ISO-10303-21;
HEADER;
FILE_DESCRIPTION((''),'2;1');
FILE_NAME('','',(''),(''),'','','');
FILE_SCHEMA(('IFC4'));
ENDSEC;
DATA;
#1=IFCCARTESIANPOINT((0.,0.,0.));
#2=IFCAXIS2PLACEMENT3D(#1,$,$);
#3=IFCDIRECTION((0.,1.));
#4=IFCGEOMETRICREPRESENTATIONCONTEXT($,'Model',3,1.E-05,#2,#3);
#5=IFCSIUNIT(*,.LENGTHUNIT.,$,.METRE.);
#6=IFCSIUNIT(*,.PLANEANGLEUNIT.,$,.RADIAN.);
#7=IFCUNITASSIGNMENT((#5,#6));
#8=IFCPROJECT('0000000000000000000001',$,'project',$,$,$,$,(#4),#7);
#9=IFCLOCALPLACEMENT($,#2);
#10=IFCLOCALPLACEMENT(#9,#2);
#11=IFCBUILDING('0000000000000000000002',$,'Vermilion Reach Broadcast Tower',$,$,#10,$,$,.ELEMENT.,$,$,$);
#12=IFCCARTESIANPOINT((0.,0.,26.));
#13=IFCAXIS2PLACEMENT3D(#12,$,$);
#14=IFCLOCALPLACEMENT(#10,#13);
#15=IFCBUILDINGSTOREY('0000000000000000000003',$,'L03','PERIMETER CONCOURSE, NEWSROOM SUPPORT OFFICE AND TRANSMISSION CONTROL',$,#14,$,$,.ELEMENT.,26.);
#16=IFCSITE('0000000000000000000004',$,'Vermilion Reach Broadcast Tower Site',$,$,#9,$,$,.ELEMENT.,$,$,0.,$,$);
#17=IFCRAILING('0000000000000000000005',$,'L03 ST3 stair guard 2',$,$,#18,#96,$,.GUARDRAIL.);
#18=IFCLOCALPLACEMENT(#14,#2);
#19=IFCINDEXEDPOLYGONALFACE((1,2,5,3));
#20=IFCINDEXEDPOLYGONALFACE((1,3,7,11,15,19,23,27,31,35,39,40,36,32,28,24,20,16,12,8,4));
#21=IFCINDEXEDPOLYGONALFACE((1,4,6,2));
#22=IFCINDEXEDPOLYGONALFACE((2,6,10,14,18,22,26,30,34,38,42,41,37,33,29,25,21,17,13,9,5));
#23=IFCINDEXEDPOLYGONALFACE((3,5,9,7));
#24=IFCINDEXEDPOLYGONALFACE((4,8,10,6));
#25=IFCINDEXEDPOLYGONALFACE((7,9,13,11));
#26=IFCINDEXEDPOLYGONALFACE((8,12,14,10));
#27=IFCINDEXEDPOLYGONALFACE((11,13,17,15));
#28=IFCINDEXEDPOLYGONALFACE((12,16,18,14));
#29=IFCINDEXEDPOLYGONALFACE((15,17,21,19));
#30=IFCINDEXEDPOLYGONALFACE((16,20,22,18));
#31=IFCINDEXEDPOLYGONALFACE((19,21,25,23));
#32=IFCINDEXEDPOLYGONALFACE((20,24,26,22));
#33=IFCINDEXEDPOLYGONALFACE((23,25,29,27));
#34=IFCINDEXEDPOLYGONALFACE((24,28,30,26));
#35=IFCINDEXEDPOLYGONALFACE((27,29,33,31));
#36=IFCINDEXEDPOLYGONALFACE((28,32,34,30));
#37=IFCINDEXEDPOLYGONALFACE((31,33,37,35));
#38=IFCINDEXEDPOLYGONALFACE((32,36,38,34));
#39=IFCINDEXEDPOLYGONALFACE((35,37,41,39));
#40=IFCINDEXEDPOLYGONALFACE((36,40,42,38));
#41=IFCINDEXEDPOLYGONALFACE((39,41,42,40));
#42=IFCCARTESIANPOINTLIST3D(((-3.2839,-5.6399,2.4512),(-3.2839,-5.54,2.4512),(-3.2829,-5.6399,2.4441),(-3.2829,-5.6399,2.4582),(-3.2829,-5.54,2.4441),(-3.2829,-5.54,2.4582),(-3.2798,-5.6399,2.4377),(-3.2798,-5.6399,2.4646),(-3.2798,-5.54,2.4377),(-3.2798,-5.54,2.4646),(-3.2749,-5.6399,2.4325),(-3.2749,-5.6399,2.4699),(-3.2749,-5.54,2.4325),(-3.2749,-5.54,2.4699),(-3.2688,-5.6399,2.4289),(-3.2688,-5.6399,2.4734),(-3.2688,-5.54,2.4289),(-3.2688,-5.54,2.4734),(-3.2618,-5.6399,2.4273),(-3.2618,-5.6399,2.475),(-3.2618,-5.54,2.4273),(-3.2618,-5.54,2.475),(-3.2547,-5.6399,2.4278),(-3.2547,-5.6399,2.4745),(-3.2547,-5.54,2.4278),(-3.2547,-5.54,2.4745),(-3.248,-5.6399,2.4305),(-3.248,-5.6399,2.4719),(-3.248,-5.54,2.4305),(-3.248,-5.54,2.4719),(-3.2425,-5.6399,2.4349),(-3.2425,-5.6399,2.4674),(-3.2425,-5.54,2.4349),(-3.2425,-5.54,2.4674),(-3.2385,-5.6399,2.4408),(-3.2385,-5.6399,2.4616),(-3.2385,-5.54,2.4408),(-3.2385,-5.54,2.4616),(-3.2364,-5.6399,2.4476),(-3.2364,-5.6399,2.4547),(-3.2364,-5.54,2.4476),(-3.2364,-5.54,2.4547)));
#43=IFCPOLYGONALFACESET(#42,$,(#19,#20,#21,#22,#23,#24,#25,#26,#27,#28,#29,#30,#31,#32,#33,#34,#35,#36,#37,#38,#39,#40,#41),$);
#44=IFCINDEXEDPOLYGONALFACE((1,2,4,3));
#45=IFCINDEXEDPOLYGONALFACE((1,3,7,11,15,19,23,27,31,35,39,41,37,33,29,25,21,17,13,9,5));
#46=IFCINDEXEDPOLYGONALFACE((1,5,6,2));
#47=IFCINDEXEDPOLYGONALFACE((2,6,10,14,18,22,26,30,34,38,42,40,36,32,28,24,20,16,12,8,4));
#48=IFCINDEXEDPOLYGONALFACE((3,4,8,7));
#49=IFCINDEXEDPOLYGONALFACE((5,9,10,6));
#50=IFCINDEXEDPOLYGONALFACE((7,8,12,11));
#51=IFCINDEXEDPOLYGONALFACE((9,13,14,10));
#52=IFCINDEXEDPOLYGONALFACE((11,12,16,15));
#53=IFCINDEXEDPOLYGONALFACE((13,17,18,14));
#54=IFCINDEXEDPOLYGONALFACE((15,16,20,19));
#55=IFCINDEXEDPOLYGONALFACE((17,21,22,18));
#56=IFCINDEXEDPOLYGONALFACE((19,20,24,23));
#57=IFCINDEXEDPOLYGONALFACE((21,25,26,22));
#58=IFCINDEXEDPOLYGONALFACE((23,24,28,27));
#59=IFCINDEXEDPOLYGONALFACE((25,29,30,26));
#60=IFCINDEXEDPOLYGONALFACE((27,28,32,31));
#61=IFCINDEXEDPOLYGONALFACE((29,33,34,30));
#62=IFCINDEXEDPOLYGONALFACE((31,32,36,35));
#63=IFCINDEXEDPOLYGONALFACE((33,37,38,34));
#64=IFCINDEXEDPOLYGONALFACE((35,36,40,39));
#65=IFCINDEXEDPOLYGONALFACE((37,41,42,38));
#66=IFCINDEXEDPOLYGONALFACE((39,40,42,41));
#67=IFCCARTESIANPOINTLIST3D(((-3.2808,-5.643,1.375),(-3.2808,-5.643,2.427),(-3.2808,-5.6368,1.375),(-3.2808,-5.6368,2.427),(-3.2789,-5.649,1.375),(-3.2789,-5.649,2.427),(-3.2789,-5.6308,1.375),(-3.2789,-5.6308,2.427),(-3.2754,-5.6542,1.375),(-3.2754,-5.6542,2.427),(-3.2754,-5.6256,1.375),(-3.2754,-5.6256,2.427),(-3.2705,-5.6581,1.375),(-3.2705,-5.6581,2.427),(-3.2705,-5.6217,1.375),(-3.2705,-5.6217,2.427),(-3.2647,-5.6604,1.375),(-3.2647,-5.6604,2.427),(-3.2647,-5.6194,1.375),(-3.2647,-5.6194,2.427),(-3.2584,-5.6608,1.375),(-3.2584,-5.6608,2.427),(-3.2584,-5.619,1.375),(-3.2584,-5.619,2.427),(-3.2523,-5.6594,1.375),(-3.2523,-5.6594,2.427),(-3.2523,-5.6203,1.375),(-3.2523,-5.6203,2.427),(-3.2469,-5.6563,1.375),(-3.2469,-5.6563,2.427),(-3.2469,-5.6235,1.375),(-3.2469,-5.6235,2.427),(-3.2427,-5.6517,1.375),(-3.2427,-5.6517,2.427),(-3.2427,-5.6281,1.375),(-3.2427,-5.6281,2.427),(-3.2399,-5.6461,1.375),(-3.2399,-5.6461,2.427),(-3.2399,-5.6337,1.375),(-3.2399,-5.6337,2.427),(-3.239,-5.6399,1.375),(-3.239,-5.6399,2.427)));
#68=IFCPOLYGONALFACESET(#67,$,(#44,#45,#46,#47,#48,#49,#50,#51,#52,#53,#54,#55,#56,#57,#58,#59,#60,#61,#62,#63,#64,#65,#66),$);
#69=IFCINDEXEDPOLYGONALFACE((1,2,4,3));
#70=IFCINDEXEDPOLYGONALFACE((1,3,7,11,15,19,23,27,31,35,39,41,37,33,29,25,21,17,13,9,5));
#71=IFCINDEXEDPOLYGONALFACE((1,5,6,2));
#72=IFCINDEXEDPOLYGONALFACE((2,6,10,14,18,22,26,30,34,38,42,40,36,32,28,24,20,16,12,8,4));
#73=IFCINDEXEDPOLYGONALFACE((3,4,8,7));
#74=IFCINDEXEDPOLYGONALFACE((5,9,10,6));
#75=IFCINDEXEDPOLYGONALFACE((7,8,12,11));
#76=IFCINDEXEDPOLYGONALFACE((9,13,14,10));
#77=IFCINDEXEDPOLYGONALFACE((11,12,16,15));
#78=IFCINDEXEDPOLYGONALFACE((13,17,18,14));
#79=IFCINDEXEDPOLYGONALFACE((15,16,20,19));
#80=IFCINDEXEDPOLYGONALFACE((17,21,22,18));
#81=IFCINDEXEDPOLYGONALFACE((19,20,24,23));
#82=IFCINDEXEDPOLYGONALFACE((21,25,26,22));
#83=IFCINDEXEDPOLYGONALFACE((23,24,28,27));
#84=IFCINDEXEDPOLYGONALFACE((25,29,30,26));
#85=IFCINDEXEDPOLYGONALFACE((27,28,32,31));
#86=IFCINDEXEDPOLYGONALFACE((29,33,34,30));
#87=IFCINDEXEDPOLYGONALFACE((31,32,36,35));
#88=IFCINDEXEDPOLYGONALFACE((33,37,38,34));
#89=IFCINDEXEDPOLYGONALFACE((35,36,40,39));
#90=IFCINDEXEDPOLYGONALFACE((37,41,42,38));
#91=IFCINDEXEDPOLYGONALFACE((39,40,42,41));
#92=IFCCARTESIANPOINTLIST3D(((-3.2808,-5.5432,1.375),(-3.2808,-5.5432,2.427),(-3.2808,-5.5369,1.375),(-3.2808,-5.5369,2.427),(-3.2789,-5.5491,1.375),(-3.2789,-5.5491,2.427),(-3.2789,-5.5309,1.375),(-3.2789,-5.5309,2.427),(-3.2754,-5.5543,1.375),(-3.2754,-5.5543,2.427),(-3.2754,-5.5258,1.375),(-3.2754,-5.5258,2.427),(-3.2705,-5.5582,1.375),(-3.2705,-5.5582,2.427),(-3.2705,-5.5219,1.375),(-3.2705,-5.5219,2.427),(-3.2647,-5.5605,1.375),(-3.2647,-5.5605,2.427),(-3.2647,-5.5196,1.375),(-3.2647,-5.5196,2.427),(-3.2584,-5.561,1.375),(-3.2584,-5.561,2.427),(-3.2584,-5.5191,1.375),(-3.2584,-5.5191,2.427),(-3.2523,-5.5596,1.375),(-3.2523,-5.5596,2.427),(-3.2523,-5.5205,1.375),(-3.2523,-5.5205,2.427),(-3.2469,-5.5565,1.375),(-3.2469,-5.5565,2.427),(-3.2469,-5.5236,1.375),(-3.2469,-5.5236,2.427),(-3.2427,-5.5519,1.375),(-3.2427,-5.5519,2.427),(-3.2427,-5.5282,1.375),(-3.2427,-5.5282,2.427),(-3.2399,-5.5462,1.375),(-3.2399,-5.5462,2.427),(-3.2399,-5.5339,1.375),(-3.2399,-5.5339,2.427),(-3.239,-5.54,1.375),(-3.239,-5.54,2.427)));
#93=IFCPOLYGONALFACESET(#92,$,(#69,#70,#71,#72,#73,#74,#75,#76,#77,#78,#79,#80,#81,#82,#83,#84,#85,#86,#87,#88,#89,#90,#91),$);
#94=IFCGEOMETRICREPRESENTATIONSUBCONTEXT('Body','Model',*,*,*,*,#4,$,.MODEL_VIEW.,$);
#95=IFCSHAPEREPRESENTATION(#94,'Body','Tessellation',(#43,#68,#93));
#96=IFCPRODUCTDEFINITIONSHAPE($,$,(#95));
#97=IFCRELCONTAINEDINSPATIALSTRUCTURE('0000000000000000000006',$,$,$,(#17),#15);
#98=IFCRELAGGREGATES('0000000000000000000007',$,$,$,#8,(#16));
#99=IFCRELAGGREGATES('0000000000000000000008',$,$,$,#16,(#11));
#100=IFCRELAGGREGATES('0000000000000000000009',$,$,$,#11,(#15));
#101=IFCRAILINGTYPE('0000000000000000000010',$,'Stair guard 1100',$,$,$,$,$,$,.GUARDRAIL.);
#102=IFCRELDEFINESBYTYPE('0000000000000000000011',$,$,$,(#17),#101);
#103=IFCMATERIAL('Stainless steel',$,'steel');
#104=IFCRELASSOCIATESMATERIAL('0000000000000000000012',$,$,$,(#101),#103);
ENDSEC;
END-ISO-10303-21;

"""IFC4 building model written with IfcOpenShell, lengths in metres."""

from ifc_helpers import new_model, si_unit, direction, frame, origin, origin_2d, place, context, subcontext, project, spatial, circle, extrude, material, type_object, element, save


model = new_model("IFC4")

# Units and contexts
model_context = context("Model", 3, precision=1e-05, world=origin(), true_north=direction((0.0, 1.0)))
body_context = subcontext(model_context, "Body", "Model", "MODEL_VIEW")
ifc_project = project(units=[si_unit("LENGTHUNIT", "METRE"), si_unit("PLANEANGLEUNIT", "RADIAN")], contexts=[model_context])

# Site, building, storey
site_placement = place(None, origin())
site = spatial("IfcSite", under=ifc_project, at=site_placement, Name="Vermilion Reach Broadcast Tower Site", CompositionType="ELEMENT", RefElevation=0.0)
building_placement = place(site_placement, origin())
building = spatial("IfcBuilding", under=site, at=building_placement, Name="Vermilion Reach Broadcast Tower", CompositionType="ELEMENT")
storey_placement = place(building_placement, frame((0.0, 0.0, 26.0)))
storey = spatial("IfcBuildingStorey", under=building, at=storey_placement, Name="L03", Description="PERIMETER CONCOURSE, NEWSROOM SUPPORT OFFICE AND TRANSMISSION CONTROL", CompositionType="ELEMENT", Elevation=26.0)

# Railing
ifc_material_1 = material(Name="Stainless steel", Category="steel")
railing_type_1 = type_object("IfcRailingType", Name="Stair guard 1100", PredefinedType="GUARDRAIL", material=ifc_material_1)
railing_1_placement = place(storey_placement, frame((-3.26, -5.6399, 1.375)))
element("IfcRailing", 1, at=railing_1_placement, inside=storey, type_object=railing_type_1, Name="L03 ST3 stair guard 2", PredefinedType="GUARDRAIL", context=body_context, shape_type="SweptSolid", body=[
    extrude(circle(Radius=0.0239, at=origin_2d()), frame((0.0, 0.0, 1.0762), z_axis=(0.0, 1.0, 0.0), x_axis=(-1.0, 0.0, 0.0)), (0.0, 0.0, 1.0), 0.0999),
    extrude(circle(Radius=0.021, at=origin_2d()), origin(), (0.0, 0.0, 1.0), 1.052),
    extrude(circle(Radius=0.021, at=origin_2d()), frame((0.0, 0.0999, 0.0)), (0.0, 0.0, 1.0), 1.052),
])

save(model, "model.ifc")
